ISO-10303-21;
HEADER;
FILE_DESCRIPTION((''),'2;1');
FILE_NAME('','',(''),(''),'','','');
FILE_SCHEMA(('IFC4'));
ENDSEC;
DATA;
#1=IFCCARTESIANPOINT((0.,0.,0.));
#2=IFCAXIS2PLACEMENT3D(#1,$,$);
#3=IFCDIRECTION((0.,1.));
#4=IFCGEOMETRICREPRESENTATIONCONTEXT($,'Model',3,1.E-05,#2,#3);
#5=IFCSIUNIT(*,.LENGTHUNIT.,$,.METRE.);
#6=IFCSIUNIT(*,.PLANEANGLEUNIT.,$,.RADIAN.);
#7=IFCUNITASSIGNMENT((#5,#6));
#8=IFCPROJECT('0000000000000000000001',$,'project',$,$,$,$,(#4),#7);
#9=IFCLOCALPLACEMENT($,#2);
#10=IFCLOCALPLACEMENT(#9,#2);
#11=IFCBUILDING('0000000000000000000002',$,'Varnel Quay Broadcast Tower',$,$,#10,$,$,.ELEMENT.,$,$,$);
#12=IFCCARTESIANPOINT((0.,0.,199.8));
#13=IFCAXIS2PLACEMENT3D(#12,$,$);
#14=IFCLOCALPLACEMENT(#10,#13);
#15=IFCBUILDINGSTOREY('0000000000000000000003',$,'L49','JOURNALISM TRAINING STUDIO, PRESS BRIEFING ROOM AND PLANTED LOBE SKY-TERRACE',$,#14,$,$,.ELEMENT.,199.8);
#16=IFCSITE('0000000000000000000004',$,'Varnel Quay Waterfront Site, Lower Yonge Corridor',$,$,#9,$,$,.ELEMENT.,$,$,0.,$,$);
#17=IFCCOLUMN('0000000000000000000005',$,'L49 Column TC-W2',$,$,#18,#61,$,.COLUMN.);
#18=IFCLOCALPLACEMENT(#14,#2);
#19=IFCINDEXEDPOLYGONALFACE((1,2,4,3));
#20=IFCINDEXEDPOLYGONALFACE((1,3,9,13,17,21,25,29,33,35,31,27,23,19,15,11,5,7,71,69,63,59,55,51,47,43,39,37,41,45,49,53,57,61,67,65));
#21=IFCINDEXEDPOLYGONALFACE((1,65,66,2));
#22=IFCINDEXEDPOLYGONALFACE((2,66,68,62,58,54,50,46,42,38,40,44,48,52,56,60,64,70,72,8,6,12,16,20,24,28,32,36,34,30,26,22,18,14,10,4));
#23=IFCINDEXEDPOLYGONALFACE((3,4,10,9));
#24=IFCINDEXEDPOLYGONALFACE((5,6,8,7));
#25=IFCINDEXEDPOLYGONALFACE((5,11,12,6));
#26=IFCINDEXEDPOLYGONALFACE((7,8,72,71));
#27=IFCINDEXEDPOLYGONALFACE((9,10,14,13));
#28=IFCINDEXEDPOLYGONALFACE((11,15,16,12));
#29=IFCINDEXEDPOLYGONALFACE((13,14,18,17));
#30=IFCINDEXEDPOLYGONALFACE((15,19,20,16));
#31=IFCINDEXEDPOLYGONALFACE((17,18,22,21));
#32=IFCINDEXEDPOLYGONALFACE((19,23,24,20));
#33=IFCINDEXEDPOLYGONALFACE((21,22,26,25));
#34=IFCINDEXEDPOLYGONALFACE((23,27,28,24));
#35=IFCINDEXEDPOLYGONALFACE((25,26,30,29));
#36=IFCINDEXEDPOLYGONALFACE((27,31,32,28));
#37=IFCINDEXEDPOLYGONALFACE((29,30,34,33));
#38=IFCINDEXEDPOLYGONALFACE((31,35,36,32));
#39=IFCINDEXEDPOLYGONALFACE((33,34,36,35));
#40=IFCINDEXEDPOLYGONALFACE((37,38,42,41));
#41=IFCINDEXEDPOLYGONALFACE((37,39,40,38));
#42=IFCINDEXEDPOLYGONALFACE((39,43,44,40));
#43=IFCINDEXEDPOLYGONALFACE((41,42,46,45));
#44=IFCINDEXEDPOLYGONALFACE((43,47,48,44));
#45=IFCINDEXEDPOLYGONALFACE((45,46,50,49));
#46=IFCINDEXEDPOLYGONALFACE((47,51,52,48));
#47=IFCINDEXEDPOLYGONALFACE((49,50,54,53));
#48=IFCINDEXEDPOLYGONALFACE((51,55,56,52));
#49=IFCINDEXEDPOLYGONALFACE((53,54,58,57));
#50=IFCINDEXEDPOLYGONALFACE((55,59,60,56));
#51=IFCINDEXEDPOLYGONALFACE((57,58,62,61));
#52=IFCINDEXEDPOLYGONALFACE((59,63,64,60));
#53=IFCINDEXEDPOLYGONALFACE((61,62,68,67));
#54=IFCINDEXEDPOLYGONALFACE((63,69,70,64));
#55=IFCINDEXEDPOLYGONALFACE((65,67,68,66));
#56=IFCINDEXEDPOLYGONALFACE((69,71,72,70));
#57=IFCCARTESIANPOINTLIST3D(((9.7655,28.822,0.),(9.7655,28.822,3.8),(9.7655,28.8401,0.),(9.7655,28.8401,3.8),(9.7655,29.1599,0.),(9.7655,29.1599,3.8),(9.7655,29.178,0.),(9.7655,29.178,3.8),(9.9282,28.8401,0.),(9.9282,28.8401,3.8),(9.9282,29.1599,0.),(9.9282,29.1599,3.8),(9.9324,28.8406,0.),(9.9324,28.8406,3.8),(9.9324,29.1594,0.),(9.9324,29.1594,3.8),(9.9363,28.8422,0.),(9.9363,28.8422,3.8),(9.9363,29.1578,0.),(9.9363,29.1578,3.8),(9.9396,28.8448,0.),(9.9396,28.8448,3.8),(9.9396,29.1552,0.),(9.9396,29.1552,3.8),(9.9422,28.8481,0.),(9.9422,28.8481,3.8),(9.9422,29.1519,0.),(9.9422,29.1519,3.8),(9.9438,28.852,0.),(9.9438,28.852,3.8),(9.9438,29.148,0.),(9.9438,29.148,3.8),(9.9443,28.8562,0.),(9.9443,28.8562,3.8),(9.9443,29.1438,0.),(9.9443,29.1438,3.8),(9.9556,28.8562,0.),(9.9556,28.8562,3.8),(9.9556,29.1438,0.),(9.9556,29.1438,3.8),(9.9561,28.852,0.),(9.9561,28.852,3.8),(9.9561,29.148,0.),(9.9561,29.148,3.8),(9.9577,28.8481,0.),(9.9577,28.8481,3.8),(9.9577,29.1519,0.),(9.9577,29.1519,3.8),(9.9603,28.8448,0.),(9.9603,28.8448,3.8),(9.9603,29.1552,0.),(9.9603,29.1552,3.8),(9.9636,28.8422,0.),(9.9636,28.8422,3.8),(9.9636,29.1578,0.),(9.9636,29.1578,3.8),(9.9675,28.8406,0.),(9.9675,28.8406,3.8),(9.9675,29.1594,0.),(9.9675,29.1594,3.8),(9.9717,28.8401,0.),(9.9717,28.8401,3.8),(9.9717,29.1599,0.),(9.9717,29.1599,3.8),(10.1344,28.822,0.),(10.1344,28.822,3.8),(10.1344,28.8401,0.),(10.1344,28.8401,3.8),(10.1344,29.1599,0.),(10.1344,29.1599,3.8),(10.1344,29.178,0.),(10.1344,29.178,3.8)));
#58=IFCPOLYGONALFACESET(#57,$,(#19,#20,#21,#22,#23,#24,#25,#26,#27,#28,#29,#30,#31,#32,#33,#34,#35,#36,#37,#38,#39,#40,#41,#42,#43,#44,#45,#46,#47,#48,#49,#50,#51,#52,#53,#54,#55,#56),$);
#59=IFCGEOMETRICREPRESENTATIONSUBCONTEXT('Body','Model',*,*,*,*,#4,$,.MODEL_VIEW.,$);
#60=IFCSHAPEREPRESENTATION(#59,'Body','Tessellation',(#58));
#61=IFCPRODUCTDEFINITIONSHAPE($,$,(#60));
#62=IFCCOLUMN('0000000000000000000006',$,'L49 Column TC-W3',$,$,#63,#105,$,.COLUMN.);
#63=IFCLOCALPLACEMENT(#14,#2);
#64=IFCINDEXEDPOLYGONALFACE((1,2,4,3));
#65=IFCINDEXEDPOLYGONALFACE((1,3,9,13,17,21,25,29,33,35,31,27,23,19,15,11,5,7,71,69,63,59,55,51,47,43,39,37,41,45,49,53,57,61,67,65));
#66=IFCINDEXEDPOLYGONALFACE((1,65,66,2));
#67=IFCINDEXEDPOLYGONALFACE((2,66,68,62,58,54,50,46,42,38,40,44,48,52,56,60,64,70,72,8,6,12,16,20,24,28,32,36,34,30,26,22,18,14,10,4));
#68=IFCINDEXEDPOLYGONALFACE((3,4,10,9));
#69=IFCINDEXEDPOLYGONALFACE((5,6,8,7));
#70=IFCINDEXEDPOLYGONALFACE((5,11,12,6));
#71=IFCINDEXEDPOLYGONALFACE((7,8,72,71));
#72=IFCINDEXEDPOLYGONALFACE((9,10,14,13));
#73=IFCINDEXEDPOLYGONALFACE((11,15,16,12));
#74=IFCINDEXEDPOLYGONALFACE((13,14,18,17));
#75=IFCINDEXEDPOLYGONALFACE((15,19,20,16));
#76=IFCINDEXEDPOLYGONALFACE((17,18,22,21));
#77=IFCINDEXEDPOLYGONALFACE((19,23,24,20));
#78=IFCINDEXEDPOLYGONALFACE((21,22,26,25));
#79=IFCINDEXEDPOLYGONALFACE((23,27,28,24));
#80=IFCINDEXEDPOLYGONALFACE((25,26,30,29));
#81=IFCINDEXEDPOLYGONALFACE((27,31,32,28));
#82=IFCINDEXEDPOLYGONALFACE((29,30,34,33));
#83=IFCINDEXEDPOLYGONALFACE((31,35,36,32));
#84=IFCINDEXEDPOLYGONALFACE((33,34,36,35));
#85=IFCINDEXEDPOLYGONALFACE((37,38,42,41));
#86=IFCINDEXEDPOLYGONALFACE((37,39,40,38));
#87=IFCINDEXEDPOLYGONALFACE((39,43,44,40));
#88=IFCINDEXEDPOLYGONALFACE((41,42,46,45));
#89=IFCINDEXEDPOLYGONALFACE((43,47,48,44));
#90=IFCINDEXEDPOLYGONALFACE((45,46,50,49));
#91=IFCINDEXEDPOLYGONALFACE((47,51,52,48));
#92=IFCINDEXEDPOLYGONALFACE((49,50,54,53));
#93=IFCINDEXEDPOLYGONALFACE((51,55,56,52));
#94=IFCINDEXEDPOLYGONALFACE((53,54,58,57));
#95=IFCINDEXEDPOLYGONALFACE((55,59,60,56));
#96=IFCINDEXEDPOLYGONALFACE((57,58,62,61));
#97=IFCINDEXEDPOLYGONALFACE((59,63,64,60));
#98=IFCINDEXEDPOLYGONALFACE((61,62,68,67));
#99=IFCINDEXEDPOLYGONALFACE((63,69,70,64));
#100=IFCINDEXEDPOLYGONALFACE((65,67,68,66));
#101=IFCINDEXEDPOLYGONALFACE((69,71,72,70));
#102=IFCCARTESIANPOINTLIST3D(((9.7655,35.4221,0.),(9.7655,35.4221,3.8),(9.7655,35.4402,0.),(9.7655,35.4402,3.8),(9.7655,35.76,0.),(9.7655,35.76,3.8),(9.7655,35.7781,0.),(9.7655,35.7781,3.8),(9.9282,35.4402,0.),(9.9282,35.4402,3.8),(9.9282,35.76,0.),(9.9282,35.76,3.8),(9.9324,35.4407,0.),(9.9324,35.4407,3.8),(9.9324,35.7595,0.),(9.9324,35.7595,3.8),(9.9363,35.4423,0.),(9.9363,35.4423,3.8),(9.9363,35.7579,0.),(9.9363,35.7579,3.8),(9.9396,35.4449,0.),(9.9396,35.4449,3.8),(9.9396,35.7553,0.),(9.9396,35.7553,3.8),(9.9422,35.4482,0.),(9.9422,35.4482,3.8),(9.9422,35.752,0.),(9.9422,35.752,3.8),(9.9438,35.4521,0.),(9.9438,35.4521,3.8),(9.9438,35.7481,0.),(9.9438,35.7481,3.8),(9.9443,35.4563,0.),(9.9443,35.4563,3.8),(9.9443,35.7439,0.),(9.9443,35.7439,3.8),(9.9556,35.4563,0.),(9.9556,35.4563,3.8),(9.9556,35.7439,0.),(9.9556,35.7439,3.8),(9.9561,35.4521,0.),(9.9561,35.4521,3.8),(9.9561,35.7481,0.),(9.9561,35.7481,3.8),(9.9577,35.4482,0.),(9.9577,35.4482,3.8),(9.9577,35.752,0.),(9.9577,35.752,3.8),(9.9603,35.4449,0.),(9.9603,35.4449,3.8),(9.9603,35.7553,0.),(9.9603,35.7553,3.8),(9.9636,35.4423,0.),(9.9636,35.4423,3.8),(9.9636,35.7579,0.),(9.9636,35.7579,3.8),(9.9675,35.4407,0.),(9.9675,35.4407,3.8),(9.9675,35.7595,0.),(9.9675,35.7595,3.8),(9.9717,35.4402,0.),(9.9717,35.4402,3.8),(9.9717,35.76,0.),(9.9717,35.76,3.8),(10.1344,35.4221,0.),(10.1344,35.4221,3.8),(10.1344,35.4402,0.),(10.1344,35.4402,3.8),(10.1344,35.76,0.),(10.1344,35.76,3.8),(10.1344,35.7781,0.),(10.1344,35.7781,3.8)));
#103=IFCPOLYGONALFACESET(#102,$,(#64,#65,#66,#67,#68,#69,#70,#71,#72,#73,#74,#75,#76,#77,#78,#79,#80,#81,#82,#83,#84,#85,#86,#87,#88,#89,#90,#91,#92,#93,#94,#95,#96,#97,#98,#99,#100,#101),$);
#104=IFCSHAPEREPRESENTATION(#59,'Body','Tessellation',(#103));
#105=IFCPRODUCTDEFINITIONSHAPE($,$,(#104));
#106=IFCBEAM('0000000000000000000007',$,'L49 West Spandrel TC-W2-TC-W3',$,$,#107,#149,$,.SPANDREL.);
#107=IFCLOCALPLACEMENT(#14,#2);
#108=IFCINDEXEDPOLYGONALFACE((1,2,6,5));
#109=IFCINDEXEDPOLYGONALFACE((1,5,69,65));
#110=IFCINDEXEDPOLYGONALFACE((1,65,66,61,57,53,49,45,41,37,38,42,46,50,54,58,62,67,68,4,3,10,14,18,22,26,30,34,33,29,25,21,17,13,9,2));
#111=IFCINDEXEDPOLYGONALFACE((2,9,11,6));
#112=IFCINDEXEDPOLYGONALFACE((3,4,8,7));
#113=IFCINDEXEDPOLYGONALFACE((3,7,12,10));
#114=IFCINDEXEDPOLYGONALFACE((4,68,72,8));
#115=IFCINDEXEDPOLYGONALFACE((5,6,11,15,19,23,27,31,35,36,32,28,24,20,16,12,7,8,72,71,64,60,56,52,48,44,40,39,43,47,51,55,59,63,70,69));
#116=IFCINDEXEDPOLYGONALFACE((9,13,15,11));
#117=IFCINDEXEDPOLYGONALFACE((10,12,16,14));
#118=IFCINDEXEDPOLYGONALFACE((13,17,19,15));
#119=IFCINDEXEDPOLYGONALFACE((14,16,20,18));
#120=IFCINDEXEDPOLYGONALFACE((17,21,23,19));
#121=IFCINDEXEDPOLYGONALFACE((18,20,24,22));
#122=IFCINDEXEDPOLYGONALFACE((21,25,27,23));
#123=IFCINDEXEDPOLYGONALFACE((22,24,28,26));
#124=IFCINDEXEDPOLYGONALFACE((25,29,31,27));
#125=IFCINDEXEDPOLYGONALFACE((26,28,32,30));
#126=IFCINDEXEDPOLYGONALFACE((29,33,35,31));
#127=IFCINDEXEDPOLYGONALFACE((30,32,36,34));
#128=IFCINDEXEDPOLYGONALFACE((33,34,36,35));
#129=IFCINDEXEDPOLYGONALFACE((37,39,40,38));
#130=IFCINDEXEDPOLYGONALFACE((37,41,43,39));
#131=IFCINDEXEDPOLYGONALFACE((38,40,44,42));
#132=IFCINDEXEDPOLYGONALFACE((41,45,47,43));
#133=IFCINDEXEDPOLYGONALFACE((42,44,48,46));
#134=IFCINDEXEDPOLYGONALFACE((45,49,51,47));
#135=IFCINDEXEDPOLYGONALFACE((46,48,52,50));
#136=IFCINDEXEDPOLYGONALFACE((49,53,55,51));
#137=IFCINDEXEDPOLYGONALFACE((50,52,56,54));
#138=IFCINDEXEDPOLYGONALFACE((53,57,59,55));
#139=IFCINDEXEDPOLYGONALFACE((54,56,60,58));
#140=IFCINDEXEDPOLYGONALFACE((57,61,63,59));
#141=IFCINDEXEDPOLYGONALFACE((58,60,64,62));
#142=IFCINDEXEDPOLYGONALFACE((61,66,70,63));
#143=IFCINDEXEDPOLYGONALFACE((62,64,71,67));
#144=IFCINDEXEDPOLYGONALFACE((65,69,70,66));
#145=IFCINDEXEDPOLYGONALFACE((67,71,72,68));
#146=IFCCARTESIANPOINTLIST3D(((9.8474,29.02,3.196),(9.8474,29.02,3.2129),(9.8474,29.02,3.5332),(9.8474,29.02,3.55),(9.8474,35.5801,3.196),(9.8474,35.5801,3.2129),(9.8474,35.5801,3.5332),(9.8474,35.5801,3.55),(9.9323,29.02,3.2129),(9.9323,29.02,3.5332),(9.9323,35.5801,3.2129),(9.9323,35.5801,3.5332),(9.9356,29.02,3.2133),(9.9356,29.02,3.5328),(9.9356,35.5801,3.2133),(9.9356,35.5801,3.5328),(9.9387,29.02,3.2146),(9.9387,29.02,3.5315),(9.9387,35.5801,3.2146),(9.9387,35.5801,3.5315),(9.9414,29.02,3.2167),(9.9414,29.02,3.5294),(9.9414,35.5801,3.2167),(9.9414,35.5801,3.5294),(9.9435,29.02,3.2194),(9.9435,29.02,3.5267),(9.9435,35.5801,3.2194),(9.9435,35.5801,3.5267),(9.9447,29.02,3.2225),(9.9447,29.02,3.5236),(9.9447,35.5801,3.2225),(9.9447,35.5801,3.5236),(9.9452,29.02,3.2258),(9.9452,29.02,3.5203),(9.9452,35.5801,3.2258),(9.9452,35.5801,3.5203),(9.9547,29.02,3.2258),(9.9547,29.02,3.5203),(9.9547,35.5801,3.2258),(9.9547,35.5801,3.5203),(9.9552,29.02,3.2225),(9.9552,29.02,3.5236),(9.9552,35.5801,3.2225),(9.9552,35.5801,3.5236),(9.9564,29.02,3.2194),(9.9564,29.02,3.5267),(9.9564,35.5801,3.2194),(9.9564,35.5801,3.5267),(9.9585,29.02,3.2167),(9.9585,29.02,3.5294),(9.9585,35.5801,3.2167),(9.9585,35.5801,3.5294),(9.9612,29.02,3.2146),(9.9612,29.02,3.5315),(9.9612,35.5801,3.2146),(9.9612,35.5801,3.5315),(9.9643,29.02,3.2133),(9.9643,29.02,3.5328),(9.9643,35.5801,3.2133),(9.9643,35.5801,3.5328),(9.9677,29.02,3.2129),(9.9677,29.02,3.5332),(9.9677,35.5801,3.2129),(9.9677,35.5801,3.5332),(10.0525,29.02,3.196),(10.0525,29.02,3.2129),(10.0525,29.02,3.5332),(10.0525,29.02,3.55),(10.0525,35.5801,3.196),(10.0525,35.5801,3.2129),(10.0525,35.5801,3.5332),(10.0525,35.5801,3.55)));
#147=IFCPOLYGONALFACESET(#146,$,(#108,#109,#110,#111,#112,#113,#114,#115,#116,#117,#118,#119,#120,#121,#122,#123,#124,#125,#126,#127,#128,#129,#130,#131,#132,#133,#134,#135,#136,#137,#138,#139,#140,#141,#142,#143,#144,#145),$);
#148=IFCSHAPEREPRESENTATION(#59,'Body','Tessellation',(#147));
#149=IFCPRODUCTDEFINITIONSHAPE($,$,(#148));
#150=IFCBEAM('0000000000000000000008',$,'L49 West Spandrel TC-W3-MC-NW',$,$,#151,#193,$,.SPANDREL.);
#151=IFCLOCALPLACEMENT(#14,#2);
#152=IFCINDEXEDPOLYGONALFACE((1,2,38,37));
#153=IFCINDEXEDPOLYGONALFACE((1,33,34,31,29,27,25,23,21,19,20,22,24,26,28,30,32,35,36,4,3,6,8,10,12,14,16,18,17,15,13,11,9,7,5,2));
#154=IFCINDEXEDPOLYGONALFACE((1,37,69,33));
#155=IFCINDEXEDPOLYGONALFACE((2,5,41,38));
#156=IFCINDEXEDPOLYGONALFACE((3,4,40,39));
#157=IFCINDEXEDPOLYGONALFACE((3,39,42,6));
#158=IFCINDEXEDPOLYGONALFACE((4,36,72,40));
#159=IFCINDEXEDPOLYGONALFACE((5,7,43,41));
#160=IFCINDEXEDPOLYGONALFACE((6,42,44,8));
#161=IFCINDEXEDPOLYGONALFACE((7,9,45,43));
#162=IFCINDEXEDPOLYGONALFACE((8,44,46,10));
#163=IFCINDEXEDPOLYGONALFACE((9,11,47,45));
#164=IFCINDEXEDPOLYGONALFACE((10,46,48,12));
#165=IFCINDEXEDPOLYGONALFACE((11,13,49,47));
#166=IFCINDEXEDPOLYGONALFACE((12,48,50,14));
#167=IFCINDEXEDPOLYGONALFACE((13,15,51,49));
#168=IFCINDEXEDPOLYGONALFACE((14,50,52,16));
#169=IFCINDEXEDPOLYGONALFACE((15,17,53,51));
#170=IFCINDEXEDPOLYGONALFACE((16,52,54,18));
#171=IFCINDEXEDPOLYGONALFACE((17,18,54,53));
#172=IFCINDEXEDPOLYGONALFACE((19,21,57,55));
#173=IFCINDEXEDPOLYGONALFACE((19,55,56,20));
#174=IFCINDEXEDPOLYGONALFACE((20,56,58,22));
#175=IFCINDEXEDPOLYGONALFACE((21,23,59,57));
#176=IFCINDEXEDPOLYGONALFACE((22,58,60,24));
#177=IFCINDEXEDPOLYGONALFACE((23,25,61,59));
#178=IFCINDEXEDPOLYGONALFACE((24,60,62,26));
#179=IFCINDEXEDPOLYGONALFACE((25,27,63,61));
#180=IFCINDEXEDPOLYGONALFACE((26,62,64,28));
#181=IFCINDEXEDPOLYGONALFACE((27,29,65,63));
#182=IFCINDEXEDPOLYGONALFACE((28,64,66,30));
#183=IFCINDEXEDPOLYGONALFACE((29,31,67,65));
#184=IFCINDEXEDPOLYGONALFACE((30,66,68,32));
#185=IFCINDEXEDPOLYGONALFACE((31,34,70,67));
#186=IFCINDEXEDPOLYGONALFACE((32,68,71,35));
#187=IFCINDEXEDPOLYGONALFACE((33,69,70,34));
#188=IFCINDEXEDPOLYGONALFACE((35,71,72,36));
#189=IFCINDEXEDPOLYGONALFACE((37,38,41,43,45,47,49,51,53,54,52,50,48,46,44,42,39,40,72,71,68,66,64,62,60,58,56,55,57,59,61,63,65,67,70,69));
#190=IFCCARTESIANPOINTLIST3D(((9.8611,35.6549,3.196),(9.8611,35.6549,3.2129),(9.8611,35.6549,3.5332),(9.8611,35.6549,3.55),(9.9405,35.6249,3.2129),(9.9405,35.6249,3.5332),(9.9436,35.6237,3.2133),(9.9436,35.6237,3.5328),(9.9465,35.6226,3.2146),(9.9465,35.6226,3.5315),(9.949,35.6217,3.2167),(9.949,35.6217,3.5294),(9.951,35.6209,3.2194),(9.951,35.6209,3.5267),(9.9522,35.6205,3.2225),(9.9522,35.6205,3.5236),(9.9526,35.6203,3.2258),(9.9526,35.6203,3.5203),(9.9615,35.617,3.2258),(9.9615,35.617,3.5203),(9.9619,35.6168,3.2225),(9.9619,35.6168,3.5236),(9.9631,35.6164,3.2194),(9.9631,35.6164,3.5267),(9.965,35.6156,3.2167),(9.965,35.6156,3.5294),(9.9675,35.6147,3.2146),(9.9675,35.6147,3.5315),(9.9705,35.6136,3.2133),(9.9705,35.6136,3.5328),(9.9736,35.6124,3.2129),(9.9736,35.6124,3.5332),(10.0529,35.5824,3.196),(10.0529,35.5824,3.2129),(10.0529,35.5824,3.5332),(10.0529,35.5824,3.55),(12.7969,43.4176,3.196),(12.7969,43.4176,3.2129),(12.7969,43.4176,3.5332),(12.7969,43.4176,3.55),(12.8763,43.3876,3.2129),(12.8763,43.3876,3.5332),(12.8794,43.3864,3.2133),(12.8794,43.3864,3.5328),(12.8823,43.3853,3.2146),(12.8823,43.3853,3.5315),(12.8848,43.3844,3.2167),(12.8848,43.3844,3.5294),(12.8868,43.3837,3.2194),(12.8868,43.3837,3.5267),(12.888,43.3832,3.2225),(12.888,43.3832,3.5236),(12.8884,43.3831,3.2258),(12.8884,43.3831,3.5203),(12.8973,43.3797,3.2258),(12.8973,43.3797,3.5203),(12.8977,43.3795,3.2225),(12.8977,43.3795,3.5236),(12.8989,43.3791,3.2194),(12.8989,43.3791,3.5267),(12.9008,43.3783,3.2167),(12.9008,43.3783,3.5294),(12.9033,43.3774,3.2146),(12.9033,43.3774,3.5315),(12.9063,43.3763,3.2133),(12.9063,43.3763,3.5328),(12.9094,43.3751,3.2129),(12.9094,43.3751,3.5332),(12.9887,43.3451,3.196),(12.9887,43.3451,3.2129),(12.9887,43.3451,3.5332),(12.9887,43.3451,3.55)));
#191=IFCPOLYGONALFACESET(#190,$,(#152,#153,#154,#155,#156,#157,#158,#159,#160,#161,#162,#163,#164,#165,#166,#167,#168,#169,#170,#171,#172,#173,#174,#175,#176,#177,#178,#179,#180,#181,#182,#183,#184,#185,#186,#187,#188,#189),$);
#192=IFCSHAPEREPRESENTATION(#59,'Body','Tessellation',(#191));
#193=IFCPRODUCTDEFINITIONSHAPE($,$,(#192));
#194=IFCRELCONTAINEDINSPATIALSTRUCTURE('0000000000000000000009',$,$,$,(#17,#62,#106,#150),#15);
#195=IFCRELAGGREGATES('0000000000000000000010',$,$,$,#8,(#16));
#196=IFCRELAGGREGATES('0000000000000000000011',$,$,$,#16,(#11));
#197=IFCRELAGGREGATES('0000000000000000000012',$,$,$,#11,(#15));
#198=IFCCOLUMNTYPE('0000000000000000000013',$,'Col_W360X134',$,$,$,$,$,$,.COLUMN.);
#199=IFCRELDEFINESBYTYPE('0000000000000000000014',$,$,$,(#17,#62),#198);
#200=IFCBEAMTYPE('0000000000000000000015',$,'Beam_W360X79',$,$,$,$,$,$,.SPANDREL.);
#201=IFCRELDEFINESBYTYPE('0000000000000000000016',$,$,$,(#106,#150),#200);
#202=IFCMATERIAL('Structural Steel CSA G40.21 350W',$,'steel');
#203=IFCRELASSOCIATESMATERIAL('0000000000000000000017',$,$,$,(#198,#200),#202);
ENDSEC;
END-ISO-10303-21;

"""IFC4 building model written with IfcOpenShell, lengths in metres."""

from ifc_helpers import new_model, si_unit, direction, frame, origin, origin_2d, place, context, subcontext, project, spatial, i_section, extrude, source, transform, mapped, material, material_profile, profile_set, type_object, type_shapes, element, save


model = new_model("IFC4")

# Units and contexts
model_context = context("Model", 3, precision=1e-05, world=origin(), true_north=direction((0.0, 1.0)))
body_context = subcontext(model_context, "Body", "Model", "MODEL_VIEW")
ifc_project = project(units=[si_unit("LENGTHUNIT", "METRE"), si_unit("PLANEANGLEUNIT", "RADIAN")], contexts=[model_context])

# Site, building, storey
site_placement = place(None, origin())
site = spatial("IfcSite", under=ifc_project, at=site_placement, Name="Varnel Quay Waterfront Site, Lower Yonge Corridor", CompositionType="ELEMENT", RefElevation=0.0)
building_placement = place(site_placement, origin())
building = spatial("IfcBuilding", under=site, at=building_placement, Name="Varnel Quay Broadcast Tower", CompositionType="ELEMENT")
storey_placement = place(building_placement, frame((0.0, 0.0, 199.8)))
storey = spatial("IfcBuildingStorey", under=building, at=storey_placement, Name="L49", Description="JOURNALISM TRAINING STUDIO, PRESS BRIEFING ROOM AND PLANTED LOBE SKY-TERRACE", CompositionType="ELEMENT", Elevation=199.8)

# Columns
ifc_material_1 = material(Name="Structural Steel CSA G40.21 350W", Category="steel")
ifc_material_profile_1 = material_profile(ifc_material_1, i_section(OverallWidth=0.3689, OverallDepth=0.356, WebThickness=0.0112, FlangeThickness=0.0181, FilletRadius=0.0161, at=origin_2d()), Name="W360X134")
ifc_profile_set_1 = profile_set([ifc_material_profile_1], Name="Structural Steel CSA G40.21 350W")
column_type = type_object("IfcColumnType", Name="Col_W360X134", PredefinedType="COLUMN", material=ifc_profile_set_1)
shared_shape_1 = source(origin(), body_context, "Body", "SweptSolid", [
    extrude(i_section(OverallWidth=0.3689, OverallDepth=0.356, WebThickness=0.0112, FlangeThickness=0.0181, FilletRadius=0.0161, at=origin_2d()), origin(), (0.0, 0.0, 1.0), 3.8),
])
type_shapes(column_type, [shared_shape_1])
for number, where, z_axis, x_axis, name in (
    (1, (9.95, 29.0, 0.0), (0.0, 0.0, 1.0), (1.0, 0.0, 0.0), "L49 Column TC-W2"),
    (2, (9.95, 35.6001, 0.0), (0.0, 0.0, 1.0), (1.0, 0.0, 0.0), "L49 Column TC-W3"),
):
    element("IfcColumn", number, at=place(storey_placement, frame(where, z_axis=z_axis, x_axis=x_axis)), inside=storey, type_object=column_type, Name=name, PredefinedType="COLUMN", context=body_context, shape_type="MappedRepresentation", body=[
        mapped(shared_shape_1, transform((0.0, 0.0, 0.0), x_axis=(1.0, 0.0, 0.0), y_axis=(0.0, 1.0, 0.0), z_axis=(0.0, 0.0, 1.0), scale=1.0)),
    ])

# Beams
ifc_material_profile_2 = material_profile(ifc_material_1, i_section(OverallWidth=0.2051, OverallDepth=0.354, WebThickness=0.0095, FlangeThickness=0.0168, FilletRadius=0.0129, at=origin_2d()), Name="W360X79")
ifc_profile_set_2 = profile_set([ifc_material_profile_2], Name="Structural Steel CSA G40.21 350W")
beam_type_1 = type_object("IfcBeamType", Name="Beam_W360X79", PredefinedType="SPANDREL", material=ifc_profile_set_2)
shared_shape_2 = source(origin(), body_context, "Body", "SweptSolid", [
    extrude(i_section(OverallWidth=0.2051, OverallDepth=0.354, WebThickness=0.0095, FlangeThickness=0.0168, FilletRadius=0.0129, at=origin_2d()), origin(), (0.0, 0.0, 1.0), 6.5601),
])
beam_1_placement = place(storey_placement, frame((9.95, 29.02, 3.373), z_axis=(0.0, 1.0, 0.0), x_axis=(-1.0, 0.0, 0.0)))
element("IfcBeam", 3, at=beam_1_placement, inside=storey, type_object=beam_type_1, Name="L49 West Spandrel TC-W2-TC-W3", PredefinedType="SPANDREL", context=body_context, shape_type="MappedRepresentation", body=[
    mapped(shared_shape_2, transform((0.0, 0.0, 0.0), x_axis=(1.0, 0.0, 0.0), y_axis=(0.0, 1.0, 0.0), z_axis=(0.0, 0.0, 1.0), scale=1.0)),
])
shared_shape_3 = source(origin(), body_context, "Body", "SweptSolid", [
    extrude(i_section(OverallWidth=0.2051, OverallDepth=0.354, WebThickness=0.0095, FlangeThickness=0.0168, FilletRadius=0.0129, at=origin_2d()), origin(), (0.0, 0.0, 1.0), 8.2993),
])
type_shapes(beam_type_1, [shared_shape_2, shared_shape_3])
beam_2_placement = place(storey_placement, frame((9.957, 35.6187, 3.373), z_axis=(0.35374, 0.935344, 0.0), x_axis=(-0.935344, 0.35374, 0.0)))
element("IfcBeam", 4, at=beam_2_placement, inside=storey, type_object=beam_type_1, Name="L49 West Spandrel TC-W3-MC-NW", PredefinedType="SPANDREL", context=body_context, shape_type="MappedRepresentation", body=[
    mapped(shared_shape_3, transform((0.0, 0.0, 0.0), x_axis=(1.0, 0.0, 0.0), y_axis=(0.0, 1.0, 0.0), z_axis=(0.0, 0.0, 1.0), scale=1.0)),
])

save(model, "model.ifc")
